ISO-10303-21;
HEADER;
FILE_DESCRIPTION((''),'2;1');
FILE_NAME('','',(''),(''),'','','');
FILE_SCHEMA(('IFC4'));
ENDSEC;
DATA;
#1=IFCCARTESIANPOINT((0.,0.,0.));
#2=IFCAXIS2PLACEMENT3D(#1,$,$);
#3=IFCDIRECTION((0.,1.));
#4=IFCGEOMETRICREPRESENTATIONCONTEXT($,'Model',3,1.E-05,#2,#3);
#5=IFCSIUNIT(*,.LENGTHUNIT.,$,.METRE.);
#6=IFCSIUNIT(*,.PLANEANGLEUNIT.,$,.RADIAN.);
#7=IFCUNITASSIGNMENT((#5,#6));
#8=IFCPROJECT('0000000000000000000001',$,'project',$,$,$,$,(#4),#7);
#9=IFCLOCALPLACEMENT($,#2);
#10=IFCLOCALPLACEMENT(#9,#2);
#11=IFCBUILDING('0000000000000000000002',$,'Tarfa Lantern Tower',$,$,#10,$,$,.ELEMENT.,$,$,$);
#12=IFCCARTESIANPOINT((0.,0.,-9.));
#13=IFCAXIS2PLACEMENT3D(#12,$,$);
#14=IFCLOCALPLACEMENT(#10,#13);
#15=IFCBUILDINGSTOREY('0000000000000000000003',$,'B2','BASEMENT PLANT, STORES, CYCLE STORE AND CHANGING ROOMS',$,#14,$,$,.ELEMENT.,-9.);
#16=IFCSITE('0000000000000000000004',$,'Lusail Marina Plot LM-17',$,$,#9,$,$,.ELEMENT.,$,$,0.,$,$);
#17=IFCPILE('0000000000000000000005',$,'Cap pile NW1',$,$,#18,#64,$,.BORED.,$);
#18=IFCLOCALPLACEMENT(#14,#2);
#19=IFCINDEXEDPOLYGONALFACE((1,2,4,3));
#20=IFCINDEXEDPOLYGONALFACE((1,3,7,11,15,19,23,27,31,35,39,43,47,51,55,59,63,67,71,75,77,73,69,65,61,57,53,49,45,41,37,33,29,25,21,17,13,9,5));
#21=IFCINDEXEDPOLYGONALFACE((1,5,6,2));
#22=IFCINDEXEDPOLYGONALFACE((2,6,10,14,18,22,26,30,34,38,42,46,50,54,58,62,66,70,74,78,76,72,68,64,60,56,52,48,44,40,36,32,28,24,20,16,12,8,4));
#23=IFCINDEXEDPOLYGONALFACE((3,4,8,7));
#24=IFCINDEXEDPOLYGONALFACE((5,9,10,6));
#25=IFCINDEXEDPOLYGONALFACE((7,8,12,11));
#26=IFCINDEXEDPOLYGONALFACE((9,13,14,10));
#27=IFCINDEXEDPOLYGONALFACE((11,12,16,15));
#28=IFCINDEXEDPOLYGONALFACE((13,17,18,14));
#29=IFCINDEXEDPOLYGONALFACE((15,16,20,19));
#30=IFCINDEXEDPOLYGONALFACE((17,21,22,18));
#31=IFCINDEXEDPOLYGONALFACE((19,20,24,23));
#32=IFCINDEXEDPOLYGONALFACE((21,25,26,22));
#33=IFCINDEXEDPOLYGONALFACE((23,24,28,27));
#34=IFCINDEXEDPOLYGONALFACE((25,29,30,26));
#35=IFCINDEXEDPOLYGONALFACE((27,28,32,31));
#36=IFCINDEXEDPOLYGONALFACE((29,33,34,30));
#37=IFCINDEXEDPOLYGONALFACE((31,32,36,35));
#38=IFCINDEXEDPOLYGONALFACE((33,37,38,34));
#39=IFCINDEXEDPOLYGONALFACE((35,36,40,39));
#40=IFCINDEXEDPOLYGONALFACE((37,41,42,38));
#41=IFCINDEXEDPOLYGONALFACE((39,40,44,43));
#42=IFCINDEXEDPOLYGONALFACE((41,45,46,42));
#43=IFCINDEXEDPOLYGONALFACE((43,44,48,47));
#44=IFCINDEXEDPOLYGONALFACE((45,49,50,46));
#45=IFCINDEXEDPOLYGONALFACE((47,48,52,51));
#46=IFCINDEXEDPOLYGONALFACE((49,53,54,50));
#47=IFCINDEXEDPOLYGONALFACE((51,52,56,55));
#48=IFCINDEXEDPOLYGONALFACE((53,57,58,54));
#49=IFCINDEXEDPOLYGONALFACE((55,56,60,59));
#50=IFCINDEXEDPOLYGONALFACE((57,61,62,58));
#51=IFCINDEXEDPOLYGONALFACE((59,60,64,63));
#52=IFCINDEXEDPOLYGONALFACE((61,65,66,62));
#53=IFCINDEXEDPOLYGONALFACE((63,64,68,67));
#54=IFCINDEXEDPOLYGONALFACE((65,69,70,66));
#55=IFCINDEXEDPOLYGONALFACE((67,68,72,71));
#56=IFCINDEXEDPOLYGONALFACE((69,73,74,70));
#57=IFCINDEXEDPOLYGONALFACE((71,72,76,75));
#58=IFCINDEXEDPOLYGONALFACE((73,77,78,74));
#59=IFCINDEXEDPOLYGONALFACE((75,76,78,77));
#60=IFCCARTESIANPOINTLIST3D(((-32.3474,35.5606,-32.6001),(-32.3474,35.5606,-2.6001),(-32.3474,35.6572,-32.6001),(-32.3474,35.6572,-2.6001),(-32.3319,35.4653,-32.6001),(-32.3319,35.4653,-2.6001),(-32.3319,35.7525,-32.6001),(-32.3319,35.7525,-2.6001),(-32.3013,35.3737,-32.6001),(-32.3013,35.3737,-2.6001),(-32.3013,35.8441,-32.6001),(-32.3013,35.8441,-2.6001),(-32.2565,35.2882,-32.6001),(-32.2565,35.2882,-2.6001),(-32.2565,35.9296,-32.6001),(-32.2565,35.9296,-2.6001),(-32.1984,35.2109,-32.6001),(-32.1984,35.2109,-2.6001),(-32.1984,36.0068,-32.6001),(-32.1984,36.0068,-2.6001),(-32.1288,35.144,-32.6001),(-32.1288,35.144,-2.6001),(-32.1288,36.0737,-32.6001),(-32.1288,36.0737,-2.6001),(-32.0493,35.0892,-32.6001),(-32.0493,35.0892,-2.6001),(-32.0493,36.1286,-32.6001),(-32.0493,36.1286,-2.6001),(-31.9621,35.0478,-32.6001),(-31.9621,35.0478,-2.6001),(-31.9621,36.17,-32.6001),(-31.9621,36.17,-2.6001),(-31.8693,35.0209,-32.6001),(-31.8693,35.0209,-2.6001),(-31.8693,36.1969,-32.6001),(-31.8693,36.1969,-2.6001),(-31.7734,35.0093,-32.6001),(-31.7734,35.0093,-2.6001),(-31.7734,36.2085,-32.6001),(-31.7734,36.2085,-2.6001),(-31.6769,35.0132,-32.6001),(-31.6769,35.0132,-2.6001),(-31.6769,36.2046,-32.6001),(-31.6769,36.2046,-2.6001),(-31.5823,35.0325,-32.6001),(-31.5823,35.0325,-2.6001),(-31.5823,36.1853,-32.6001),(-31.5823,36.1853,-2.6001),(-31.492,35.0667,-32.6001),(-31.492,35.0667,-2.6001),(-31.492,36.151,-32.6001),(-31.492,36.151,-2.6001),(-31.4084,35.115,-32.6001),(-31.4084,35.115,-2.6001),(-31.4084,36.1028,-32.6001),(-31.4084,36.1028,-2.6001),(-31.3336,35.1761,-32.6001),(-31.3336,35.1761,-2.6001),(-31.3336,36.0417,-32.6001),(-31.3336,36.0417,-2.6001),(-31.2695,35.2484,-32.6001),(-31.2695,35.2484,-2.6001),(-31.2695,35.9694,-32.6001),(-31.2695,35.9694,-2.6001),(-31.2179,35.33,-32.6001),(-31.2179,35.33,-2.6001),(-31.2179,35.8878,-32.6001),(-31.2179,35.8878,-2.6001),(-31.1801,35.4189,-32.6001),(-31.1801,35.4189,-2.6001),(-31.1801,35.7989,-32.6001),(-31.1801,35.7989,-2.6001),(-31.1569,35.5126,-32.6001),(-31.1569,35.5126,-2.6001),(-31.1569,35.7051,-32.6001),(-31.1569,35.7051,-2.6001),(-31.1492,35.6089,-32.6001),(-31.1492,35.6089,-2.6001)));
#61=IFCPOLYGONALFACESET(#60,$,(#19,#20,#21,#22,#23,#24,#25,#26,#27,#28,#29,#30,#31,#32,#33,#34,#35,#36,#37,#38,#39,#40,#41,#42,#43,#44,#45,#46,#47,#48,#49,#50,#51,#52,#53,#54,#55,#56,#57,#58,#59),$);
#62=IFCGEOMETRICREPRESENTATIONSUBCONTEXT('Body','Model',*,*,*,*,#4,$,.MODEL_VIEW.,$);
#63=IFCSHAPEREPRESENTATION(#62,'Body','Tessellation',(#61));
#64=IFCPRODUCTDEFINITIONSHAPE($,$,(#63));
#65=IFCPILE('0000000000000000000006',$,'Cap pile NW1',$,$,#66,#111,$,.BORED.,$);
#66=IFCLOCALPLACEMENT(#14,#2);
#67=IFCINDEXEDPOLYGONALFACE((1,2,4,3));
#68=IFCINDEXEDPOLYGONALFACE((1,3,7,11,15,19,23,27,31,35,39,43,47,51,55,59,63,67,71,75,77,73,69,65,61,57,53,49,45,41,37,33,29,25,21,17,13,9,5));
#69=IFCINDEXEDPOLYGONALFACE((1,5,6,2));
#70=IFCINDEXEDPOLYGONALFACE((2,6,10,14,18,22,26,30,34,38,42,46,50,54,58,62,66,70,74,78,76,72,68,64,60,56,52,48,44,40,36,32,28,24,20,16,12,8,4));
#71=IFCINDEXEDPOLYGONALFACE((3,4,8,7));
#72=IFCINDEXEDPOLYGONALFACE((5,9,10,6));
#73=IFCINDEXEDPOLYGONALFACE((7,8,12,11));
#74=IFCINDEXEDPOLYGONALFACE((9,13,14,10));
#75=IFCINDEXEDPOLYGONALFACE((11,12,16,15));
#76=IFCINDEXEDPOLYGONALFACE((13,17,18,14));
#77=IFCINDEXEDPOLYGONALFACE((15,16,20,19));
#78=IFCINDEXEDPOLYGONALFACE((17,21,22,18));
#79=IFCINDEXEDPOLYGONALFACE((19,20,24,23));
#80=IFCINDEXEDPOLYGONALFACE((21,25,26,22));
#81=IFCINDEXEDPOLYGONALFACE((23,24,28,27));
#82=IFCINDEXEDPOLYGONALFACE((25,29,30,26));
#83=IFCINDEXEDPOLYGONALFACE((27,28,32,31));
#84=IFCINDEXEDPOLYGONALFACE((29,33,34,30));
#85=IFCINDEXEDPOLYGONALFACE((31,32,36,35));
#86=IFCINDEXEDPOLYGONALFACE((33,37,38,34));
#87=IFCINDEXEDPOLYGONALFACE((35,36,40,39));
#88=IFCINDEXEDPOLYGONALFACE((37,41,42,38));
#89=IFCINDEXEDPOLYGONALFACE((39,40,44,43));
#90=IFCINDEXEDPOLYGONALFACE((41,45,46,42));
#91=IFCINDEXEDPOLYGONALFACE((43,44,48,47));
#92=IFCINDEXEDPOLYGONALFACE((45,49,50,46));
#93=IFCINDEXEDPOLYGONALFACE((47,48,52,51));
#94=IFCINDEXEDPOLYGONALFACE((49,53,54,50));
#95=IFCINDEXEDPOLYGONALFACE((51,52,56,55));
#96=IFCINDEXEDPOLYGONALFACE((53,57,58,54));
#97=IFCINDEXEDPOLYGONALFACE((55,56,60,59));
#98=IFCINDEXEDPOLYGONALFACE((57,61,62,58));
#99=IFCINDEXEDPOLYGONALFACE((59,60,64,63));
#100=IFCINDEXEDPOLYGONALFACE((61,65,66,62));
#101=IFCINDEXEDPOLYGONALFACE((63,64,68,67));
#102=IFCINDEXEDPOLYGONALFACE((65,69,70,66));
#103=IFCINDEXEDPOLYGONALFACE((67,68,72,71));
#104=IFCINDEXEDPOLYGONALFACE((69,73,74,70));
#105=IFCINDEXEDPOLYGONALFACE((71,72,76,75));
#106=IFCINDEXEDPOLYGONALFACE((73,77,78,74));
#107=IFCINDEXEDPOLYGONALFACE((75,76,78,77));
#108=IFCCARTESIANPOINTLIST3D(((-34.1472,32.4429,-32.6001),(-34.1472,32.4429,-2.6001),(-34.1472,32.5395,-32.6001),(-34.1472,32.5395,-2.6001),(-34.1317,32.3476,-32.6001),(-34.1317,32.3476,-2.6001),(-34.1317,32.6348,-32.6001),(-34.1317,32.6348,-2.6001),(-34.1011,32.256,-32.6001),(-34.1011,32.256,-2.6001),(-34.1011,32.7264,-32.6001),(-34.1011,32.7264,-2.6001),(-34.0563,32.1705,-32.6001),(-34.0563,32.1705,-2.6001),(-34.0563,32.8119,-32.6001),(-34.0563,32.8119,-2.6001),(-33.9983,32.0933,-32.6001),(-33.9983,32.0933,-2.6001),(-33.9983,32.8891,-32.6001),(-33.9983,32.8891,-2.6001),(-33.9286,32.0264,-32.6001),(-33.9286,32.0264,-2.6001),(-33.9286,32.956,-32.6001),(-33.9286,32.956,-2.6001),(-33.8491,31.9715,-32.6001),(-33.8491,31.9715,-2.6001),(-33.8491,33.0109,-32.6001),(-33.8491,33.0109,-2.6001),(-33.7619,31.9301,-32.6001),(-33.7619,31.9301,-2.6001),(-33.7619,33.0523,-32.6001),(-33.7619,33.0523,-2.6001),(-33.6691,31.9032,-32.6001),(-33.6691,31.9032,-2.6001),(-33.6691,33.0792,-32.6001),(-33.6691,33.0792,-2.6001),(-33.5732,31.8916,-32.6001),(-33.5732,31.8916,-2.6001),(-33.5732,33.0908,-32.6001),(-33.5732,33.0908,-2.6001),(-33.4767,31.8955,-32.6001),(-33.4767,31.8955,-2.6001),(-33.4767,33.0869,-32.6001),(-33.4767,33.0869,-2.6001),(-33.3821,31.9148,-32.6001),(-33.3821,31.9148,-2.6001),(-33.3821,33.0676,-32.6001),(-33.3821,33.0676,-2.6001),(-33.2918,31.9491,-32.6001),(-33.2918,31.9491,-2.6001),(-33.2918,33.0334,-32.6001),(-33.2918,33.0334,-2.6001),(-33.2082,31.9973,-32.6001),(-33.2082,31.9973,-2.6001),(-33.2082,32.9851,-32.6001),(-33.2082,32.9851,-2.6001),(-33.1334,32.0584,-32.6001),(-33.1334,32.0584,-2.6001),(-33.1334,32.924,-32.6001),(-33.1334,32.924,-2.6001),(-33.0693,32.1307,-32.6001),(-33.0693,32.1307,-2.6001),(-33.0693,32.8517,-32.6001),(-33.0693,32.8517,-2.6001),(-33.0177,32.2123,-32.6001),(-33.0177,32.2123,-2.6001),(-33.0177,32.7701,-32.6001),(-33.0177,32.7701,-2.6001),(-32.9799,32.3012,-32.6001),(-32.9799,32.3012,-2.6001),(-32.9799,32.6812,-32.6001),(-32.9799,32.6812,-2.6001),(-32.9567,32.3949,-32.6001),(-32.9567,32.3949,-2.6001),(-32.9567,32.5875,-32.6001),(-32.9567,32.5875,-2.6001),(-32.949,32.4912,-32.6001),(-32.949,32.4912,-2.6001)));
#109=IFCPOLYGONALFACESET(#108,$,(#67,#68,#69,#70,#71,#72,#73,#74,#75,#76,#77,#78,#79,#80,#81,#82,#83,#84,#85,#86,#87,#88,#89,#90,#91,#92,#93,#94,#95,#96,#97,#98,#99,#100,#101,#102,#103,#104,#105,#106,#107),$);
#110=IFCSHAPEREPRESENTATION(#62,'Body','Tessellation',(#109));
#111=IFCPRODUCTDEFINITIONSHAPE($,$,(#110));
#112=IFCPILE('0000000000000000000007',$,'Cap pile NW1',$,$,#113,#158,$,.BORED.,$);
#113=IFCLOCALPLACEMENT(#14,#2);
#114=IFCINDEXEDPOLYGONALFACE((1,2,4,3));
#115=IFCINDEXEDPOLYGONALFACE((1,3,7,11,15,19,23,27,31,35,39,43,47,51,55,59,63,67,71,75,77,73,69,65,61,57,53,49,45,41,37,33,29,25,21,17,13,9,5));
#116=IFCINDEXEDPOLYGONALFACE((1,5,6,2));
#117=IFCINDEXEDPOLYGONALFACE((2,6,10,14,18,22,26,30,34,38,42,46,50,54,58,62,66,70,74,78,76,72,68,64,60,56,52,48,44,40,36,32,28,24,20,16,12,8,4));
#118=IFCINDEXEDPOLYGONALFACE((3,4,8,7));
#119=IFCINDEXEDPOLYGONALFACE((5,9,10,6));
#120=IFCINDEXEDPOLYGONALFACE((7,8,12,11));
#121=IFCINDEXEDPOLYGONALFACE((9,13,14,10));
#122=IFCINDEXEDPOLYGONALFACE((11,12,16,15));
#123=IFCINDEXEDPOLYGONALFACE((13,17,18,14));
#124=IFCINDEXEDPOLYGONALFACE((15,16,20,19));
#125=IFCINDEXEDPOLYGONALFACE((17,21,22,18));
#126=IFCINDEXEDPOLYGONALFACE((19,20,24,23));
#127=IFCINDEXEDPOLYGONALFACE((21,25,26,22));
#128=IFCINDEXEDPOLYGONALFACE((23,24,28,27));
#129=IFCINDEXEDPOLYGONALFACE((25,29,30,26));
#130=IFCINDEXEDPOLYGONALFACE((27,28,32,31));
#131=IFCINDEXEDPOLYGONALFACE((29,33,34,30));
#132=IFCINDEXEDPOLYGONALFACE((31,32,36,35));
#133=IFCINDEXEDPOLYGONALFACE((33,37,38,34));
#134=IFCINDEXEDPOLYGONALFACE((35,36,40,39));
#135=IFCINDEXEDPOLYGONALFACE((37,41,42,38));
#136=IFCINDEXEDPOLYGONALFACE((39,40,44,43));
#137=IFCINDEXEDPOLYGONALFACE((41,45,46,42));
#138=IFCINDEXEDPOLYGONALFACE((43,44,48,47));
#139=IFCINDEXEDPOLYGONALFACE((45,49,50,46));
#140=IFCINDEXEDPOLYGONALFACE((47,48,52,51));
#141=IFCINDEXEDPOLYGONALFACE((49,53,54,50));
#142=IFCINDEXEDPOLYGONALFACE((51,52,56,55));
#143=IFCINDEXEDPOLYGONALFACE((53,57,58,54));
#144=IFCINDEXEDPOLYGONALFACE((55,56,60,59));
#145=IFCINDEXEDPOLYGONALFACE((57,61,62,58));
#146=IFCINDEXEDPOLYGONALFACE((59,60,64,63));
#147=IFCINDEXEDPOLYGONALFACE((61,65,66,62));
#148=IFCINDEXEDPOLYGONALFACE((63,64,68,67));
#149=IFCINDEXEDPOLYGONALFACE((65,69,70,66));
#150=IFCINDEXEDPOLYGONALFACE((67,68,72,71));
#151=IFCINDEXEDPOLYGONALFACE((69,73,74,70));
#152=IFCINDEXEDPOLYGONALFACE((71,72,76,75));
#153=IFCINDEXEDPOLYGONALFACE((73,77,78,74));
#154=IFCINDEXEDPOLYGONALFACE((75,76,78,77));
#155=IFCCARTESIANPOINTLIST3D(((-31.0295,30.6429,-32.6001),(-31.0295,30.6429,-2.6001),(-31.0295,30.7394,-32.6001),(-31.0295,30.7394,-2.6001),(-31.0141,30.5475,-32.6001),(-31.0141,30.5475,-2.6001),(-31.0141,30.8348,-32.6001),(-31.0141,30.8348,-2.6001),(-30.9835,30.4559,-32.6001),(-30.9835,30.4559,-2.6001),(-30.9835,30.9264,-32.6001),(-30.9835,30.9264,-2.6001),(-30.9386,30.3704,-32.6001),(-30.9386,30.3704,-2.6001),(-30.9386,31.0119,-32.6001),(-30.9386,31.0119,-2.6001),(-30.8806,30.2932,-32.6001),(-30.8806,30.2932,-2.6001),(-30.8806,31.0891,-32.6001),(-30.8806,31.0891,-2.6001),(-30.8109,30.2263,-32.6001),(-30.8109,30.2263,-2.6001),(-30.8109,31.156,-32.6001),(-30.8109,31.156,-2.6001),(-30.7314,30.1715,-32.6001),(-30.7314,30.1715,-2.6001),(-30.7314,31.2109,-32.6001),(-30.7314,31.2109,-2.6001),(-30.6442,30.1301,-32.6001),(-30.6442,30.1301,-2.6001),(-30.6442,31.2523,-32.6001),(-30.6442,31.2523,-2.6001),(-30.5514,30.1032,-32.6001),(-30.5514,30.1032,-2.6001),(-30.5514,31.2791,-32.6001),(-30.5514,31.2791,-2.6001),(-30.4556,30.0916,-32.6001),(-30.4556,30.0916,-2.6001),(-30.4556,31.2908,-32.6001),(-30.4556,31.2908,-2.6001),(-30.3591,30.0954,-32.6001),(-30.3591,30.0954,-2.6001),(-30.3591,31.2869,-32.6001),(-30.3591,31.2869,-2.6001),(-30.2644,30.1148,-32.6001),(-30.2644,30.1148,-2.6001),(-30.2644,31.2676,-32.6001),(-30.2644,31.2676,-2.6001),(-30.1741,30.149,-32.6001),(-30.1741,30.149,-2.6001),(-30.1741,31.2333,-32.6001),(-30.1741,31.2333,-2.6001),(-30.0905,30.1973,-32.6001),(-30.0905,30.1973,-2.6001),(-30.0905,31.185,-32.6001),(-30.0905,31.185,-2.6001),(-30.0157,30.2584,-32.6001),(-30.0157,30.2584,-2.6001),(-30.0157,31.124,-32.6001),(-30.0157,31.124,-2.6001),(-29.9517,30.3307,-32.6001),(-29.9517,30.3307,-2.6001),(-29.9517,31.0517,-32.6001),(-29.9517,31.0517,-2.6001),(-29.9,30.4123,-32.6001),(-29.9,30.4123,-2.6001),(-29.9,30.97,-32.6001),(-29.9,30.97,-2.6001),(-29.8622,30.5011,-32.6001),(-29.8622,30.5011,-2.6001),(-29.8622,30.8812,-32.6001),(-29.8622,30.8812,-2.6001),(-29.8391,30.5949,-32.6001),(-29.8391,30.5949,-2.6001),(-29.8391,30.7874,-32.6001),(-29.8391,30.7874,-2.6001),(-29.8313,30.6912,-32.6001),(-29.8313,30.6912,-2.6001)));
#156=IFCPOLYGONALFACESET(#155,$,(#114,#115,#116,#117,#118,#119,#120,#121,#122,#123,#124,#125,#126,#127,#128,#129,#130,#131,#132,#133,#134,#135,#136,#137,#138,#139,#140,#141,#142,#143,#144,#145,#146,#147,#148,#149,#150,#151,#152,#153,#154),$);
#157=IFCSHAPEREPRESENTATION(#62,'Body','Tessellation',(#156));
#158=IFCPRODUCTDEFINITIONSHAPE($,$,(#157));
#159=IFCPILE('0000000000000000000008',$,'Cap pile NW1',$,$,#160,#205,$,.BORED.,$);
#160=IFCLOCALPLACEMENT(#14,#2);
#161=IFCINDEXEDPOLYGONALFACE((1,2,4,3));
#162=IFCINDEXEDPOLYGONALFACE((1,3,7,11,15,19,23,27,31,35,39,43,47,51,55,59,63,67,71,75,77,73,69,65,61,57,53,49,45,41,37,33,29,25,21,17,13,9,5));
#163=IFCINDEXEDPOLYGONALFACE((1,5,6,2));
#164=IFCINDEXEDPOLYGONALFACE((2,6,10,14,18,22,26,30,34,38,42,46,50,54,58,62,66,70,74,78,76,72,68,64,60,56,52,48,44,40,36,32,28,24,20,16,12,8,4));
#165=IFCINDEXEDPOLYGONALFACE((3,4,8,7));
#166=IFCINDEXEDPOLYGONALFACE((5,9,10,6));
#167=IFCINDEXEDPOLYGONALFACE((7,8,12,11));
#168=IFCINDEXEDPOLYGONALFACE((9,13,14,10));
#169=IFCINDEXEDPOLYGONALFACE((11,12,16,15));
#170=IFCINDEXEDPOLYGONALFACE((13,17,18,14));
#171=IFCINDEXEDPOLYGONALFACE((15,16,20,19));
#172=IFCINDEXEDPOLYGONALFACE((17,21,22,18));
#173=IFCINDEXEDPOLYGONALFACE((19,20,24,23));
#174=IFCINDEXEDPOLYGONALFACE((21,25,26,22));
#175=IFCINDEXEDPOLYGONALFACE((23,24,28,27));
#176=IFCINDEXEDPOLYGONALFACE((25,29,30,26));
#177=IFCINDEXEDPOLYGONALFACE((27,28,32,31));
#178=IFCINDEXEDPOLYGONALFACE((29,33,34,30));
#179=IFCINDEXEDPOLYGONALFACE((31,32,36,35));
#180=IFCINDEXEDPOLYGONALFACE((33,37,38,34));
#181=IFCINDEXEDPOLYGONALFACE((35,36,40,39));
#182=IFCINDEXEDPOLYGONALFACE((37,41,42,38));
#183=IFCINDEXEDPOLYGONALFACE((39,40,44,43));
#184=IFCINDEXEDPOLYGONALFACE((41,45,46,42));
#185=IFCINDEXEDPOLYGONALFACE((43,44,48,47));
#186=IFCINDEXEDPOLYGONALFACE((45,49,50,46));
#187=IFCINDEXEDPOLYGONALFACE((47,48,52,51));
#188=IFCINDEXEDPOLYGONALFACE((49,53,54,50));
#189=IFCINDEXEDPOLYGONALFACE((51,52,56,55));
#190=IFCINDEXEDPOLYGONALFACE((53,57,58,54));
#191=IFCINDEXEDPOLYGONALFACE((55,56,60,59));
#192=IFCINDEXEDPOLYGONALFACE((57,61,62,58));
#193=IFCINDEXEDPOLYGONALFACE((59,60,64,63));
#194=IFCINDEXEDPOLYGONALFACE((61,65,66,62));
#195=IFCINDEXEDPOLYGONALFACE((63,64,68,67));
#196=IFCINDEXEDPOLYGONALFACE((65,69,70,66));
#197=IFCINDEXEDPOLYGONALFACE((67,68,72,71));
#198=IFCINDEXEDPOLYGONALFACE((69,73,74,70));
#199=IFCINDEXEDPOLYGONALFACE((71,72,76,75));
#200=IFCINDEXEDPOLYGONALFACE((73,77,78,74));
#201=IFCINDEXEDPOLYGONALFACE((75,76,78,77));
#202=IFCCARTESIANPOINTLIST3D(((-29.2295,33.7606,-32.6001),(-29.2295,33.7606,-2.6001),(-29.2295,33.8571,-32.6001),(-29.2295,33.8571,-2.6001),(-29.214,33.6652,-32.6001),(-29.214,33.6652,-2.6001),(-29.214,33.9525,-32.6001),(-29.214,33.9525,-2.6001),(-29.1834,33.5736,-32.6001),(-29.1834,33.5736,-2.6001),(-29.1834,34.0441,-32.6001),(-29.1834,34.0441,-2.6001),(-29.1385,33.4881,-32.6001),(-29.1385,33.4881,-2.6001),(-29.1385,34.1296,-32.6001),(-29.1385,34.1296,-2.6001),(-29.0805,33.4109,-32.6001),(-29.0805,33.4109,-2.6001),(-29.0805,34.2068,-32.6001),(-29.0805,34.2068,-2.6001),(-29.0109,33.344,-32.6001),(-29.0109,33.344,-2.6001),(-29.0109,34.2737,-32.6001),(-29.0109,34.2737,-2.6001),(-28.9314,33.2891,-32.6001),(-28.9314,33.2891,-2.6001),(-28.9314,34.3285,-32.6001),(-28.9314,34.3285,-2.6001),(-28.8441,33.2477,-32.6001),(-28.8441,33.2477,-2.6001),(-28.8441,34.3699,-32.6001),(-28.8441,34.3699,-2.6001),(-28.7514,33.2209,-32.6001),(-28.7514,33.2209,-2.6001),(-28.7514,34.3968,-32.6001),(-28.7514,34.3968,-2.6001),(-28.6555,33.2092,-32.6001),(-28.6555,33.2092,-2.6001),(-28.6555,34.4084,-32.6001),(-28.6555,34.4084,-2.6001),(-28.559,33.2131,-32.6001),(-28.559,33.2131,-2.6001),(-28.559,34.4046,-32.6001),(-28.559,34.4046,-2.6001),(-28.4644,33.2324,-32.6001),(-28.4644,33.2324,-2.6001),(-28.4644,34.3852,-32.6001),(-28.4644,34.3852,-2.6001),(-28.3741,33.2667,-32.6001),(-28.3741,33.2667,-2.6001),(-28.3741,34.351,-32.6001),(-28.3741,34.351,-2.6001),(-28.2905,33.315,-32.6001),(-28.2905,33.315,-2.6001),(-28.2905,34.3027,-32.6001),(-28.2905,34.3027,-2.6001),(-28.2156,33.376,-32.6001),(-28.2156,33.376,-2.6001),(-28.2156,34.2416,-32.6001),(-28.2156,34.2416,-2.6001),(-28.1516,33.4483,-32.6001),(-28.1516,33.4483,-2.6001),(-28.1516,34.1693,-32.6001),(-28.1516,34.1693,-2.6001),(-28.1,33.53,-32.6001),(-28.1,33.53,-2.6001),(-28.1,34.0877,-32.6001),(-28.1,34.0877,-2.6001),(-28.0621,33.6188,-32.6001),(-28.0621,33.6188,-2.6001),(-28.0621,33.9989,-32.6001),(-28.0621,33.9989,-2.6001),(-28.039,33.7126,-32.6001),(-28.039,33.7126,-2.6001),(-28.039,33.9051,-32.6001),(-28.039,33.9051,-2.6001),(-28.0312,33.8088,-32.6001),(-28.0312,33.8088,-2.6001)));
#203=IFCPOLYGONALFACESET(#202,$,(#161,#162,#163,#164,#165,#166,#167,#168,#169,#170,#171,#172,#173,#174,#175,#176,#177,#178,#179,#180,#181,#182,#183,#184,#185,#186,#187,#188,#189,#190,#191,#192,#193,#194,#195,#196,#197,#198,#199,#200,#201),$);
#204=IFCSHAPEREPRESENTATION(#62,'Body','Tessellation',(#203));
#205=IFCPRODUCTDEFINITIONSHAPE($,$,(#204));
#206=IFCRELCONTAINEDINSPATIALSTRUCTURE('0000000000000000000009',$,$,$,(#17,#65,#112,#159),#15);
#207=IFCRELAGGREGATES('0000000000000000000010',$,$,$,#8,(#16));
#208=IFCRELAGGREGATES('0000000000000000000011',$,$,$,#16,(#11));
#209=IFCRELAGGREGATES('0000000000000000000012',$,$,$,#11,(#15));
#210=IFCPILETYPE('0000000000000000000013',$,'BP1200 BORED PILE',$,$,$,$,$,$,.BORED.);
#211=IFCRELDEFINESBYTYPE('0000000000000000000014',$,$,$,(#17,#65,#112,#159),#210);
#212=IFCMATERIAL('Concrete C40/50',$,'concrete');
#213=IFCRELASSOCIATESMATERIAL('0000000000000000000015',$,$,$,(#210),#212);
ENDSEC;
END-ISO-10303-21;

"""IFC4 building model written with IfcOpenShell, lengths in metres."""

from ifc_helpers import new_model, si_unit, direction, frame, origin, origin_2d, place, context, subcontext, project, spatial, circle, extrude, material, material_profile, profile_set, type_object, element, save


model = new_model("IFC4")

# Units and contexts
model_context = context("Model", 3, precision=1e-05, world=origin(), true_north=direction((0.0, 1.0)))
body_context = subcontext(model_context, "Body", "Model", "MODEL_VIEW")
ifc_project = project(units=[si_unit("LENGTHUNIT", "METRE"), si_unit("PLANEANGLEUNIT", "RADIAN")], contexts=[model_context])

# Site, building, storey
site_placement = place(None, origin())
site = spatial("IfcSite", under=ifc_project, at=site_placement, Name="Lusail Marina Plot LM-17", CompositionType="ELEMENT", RefElevation=0.0)
building_placement = place(site_placement, origin())
building = spatial("IfcBuilding", under=site, at=building_placement, Name="Tarfa Lantern Tower", CompositionType="ELEMENT")
storey_placement = place(building_placement, frame((0.0, 0.0, -9.0)))
storey = spatial("IfcBuildingStorey", under=building, at=storey_placement, Name="B2", Description="BASEMENT PLANT, STORES, CYCLE STORE AND CHANGING ROOMS", CompositionType="ELEMENT", Elevation=-9.0)

# Piles
ifc_material_1 = material(Name="Concrete C40/50", Category="concrete")
ifc_material_profile_1 = material_profile(ifc_material_1, circle(Radius=0.6001, at=origin_2d()), Name="BORED PILE D1200")
ifc_profile_set_1 = profile_set([ifc_material_profile_1], Name="Concrete C40/50")
pile_type_1 = type_object("IfcPileType", Name="BP1200 BORED PILE", PredefinedType="BORED", material=ifc_profile_set_1)
for number, where, z_axis, x_axis, name in (
    (1, (-31.7493, 35.6089, -2.6001), (0.0, 0.0, -1.0), (1.0, 0.0, 0.0), "Cap pile NW1"),
    (2, (-33.5491, 32.4912, -2.6001), (0.0, 0.0, -1.0), (1.0, 0.0, 0.0), "Cap pile NW1"),
    (3, (-30.4314, 30.6912, -2.6001), (0.0, 0.0, -1.0), (1.0, 0.0, 0.0), "Cap pile NW1"),
    (4, (-28.6313, 33.8088, -2.6001), (0.0, 0.0, -1.0), (1.0, 0.0, 0.0), "Cap pile NW1"),
):
    element("IfcPile", number, at=place(storey_placement, frame(where, z_axis=z_axis, x_axis=x_axis)), inside=storey, type_object=pile_type_1, Name=name, PredefinedType="BORED", context=body_context, shape_type="SweptSolid", body=[
        extrude(circle(Radius=0.6001, at=origin_2d()), origin(), (0.0, 0.0, 1.0), 30.0),
    ])

save(model, "model.ifc")
